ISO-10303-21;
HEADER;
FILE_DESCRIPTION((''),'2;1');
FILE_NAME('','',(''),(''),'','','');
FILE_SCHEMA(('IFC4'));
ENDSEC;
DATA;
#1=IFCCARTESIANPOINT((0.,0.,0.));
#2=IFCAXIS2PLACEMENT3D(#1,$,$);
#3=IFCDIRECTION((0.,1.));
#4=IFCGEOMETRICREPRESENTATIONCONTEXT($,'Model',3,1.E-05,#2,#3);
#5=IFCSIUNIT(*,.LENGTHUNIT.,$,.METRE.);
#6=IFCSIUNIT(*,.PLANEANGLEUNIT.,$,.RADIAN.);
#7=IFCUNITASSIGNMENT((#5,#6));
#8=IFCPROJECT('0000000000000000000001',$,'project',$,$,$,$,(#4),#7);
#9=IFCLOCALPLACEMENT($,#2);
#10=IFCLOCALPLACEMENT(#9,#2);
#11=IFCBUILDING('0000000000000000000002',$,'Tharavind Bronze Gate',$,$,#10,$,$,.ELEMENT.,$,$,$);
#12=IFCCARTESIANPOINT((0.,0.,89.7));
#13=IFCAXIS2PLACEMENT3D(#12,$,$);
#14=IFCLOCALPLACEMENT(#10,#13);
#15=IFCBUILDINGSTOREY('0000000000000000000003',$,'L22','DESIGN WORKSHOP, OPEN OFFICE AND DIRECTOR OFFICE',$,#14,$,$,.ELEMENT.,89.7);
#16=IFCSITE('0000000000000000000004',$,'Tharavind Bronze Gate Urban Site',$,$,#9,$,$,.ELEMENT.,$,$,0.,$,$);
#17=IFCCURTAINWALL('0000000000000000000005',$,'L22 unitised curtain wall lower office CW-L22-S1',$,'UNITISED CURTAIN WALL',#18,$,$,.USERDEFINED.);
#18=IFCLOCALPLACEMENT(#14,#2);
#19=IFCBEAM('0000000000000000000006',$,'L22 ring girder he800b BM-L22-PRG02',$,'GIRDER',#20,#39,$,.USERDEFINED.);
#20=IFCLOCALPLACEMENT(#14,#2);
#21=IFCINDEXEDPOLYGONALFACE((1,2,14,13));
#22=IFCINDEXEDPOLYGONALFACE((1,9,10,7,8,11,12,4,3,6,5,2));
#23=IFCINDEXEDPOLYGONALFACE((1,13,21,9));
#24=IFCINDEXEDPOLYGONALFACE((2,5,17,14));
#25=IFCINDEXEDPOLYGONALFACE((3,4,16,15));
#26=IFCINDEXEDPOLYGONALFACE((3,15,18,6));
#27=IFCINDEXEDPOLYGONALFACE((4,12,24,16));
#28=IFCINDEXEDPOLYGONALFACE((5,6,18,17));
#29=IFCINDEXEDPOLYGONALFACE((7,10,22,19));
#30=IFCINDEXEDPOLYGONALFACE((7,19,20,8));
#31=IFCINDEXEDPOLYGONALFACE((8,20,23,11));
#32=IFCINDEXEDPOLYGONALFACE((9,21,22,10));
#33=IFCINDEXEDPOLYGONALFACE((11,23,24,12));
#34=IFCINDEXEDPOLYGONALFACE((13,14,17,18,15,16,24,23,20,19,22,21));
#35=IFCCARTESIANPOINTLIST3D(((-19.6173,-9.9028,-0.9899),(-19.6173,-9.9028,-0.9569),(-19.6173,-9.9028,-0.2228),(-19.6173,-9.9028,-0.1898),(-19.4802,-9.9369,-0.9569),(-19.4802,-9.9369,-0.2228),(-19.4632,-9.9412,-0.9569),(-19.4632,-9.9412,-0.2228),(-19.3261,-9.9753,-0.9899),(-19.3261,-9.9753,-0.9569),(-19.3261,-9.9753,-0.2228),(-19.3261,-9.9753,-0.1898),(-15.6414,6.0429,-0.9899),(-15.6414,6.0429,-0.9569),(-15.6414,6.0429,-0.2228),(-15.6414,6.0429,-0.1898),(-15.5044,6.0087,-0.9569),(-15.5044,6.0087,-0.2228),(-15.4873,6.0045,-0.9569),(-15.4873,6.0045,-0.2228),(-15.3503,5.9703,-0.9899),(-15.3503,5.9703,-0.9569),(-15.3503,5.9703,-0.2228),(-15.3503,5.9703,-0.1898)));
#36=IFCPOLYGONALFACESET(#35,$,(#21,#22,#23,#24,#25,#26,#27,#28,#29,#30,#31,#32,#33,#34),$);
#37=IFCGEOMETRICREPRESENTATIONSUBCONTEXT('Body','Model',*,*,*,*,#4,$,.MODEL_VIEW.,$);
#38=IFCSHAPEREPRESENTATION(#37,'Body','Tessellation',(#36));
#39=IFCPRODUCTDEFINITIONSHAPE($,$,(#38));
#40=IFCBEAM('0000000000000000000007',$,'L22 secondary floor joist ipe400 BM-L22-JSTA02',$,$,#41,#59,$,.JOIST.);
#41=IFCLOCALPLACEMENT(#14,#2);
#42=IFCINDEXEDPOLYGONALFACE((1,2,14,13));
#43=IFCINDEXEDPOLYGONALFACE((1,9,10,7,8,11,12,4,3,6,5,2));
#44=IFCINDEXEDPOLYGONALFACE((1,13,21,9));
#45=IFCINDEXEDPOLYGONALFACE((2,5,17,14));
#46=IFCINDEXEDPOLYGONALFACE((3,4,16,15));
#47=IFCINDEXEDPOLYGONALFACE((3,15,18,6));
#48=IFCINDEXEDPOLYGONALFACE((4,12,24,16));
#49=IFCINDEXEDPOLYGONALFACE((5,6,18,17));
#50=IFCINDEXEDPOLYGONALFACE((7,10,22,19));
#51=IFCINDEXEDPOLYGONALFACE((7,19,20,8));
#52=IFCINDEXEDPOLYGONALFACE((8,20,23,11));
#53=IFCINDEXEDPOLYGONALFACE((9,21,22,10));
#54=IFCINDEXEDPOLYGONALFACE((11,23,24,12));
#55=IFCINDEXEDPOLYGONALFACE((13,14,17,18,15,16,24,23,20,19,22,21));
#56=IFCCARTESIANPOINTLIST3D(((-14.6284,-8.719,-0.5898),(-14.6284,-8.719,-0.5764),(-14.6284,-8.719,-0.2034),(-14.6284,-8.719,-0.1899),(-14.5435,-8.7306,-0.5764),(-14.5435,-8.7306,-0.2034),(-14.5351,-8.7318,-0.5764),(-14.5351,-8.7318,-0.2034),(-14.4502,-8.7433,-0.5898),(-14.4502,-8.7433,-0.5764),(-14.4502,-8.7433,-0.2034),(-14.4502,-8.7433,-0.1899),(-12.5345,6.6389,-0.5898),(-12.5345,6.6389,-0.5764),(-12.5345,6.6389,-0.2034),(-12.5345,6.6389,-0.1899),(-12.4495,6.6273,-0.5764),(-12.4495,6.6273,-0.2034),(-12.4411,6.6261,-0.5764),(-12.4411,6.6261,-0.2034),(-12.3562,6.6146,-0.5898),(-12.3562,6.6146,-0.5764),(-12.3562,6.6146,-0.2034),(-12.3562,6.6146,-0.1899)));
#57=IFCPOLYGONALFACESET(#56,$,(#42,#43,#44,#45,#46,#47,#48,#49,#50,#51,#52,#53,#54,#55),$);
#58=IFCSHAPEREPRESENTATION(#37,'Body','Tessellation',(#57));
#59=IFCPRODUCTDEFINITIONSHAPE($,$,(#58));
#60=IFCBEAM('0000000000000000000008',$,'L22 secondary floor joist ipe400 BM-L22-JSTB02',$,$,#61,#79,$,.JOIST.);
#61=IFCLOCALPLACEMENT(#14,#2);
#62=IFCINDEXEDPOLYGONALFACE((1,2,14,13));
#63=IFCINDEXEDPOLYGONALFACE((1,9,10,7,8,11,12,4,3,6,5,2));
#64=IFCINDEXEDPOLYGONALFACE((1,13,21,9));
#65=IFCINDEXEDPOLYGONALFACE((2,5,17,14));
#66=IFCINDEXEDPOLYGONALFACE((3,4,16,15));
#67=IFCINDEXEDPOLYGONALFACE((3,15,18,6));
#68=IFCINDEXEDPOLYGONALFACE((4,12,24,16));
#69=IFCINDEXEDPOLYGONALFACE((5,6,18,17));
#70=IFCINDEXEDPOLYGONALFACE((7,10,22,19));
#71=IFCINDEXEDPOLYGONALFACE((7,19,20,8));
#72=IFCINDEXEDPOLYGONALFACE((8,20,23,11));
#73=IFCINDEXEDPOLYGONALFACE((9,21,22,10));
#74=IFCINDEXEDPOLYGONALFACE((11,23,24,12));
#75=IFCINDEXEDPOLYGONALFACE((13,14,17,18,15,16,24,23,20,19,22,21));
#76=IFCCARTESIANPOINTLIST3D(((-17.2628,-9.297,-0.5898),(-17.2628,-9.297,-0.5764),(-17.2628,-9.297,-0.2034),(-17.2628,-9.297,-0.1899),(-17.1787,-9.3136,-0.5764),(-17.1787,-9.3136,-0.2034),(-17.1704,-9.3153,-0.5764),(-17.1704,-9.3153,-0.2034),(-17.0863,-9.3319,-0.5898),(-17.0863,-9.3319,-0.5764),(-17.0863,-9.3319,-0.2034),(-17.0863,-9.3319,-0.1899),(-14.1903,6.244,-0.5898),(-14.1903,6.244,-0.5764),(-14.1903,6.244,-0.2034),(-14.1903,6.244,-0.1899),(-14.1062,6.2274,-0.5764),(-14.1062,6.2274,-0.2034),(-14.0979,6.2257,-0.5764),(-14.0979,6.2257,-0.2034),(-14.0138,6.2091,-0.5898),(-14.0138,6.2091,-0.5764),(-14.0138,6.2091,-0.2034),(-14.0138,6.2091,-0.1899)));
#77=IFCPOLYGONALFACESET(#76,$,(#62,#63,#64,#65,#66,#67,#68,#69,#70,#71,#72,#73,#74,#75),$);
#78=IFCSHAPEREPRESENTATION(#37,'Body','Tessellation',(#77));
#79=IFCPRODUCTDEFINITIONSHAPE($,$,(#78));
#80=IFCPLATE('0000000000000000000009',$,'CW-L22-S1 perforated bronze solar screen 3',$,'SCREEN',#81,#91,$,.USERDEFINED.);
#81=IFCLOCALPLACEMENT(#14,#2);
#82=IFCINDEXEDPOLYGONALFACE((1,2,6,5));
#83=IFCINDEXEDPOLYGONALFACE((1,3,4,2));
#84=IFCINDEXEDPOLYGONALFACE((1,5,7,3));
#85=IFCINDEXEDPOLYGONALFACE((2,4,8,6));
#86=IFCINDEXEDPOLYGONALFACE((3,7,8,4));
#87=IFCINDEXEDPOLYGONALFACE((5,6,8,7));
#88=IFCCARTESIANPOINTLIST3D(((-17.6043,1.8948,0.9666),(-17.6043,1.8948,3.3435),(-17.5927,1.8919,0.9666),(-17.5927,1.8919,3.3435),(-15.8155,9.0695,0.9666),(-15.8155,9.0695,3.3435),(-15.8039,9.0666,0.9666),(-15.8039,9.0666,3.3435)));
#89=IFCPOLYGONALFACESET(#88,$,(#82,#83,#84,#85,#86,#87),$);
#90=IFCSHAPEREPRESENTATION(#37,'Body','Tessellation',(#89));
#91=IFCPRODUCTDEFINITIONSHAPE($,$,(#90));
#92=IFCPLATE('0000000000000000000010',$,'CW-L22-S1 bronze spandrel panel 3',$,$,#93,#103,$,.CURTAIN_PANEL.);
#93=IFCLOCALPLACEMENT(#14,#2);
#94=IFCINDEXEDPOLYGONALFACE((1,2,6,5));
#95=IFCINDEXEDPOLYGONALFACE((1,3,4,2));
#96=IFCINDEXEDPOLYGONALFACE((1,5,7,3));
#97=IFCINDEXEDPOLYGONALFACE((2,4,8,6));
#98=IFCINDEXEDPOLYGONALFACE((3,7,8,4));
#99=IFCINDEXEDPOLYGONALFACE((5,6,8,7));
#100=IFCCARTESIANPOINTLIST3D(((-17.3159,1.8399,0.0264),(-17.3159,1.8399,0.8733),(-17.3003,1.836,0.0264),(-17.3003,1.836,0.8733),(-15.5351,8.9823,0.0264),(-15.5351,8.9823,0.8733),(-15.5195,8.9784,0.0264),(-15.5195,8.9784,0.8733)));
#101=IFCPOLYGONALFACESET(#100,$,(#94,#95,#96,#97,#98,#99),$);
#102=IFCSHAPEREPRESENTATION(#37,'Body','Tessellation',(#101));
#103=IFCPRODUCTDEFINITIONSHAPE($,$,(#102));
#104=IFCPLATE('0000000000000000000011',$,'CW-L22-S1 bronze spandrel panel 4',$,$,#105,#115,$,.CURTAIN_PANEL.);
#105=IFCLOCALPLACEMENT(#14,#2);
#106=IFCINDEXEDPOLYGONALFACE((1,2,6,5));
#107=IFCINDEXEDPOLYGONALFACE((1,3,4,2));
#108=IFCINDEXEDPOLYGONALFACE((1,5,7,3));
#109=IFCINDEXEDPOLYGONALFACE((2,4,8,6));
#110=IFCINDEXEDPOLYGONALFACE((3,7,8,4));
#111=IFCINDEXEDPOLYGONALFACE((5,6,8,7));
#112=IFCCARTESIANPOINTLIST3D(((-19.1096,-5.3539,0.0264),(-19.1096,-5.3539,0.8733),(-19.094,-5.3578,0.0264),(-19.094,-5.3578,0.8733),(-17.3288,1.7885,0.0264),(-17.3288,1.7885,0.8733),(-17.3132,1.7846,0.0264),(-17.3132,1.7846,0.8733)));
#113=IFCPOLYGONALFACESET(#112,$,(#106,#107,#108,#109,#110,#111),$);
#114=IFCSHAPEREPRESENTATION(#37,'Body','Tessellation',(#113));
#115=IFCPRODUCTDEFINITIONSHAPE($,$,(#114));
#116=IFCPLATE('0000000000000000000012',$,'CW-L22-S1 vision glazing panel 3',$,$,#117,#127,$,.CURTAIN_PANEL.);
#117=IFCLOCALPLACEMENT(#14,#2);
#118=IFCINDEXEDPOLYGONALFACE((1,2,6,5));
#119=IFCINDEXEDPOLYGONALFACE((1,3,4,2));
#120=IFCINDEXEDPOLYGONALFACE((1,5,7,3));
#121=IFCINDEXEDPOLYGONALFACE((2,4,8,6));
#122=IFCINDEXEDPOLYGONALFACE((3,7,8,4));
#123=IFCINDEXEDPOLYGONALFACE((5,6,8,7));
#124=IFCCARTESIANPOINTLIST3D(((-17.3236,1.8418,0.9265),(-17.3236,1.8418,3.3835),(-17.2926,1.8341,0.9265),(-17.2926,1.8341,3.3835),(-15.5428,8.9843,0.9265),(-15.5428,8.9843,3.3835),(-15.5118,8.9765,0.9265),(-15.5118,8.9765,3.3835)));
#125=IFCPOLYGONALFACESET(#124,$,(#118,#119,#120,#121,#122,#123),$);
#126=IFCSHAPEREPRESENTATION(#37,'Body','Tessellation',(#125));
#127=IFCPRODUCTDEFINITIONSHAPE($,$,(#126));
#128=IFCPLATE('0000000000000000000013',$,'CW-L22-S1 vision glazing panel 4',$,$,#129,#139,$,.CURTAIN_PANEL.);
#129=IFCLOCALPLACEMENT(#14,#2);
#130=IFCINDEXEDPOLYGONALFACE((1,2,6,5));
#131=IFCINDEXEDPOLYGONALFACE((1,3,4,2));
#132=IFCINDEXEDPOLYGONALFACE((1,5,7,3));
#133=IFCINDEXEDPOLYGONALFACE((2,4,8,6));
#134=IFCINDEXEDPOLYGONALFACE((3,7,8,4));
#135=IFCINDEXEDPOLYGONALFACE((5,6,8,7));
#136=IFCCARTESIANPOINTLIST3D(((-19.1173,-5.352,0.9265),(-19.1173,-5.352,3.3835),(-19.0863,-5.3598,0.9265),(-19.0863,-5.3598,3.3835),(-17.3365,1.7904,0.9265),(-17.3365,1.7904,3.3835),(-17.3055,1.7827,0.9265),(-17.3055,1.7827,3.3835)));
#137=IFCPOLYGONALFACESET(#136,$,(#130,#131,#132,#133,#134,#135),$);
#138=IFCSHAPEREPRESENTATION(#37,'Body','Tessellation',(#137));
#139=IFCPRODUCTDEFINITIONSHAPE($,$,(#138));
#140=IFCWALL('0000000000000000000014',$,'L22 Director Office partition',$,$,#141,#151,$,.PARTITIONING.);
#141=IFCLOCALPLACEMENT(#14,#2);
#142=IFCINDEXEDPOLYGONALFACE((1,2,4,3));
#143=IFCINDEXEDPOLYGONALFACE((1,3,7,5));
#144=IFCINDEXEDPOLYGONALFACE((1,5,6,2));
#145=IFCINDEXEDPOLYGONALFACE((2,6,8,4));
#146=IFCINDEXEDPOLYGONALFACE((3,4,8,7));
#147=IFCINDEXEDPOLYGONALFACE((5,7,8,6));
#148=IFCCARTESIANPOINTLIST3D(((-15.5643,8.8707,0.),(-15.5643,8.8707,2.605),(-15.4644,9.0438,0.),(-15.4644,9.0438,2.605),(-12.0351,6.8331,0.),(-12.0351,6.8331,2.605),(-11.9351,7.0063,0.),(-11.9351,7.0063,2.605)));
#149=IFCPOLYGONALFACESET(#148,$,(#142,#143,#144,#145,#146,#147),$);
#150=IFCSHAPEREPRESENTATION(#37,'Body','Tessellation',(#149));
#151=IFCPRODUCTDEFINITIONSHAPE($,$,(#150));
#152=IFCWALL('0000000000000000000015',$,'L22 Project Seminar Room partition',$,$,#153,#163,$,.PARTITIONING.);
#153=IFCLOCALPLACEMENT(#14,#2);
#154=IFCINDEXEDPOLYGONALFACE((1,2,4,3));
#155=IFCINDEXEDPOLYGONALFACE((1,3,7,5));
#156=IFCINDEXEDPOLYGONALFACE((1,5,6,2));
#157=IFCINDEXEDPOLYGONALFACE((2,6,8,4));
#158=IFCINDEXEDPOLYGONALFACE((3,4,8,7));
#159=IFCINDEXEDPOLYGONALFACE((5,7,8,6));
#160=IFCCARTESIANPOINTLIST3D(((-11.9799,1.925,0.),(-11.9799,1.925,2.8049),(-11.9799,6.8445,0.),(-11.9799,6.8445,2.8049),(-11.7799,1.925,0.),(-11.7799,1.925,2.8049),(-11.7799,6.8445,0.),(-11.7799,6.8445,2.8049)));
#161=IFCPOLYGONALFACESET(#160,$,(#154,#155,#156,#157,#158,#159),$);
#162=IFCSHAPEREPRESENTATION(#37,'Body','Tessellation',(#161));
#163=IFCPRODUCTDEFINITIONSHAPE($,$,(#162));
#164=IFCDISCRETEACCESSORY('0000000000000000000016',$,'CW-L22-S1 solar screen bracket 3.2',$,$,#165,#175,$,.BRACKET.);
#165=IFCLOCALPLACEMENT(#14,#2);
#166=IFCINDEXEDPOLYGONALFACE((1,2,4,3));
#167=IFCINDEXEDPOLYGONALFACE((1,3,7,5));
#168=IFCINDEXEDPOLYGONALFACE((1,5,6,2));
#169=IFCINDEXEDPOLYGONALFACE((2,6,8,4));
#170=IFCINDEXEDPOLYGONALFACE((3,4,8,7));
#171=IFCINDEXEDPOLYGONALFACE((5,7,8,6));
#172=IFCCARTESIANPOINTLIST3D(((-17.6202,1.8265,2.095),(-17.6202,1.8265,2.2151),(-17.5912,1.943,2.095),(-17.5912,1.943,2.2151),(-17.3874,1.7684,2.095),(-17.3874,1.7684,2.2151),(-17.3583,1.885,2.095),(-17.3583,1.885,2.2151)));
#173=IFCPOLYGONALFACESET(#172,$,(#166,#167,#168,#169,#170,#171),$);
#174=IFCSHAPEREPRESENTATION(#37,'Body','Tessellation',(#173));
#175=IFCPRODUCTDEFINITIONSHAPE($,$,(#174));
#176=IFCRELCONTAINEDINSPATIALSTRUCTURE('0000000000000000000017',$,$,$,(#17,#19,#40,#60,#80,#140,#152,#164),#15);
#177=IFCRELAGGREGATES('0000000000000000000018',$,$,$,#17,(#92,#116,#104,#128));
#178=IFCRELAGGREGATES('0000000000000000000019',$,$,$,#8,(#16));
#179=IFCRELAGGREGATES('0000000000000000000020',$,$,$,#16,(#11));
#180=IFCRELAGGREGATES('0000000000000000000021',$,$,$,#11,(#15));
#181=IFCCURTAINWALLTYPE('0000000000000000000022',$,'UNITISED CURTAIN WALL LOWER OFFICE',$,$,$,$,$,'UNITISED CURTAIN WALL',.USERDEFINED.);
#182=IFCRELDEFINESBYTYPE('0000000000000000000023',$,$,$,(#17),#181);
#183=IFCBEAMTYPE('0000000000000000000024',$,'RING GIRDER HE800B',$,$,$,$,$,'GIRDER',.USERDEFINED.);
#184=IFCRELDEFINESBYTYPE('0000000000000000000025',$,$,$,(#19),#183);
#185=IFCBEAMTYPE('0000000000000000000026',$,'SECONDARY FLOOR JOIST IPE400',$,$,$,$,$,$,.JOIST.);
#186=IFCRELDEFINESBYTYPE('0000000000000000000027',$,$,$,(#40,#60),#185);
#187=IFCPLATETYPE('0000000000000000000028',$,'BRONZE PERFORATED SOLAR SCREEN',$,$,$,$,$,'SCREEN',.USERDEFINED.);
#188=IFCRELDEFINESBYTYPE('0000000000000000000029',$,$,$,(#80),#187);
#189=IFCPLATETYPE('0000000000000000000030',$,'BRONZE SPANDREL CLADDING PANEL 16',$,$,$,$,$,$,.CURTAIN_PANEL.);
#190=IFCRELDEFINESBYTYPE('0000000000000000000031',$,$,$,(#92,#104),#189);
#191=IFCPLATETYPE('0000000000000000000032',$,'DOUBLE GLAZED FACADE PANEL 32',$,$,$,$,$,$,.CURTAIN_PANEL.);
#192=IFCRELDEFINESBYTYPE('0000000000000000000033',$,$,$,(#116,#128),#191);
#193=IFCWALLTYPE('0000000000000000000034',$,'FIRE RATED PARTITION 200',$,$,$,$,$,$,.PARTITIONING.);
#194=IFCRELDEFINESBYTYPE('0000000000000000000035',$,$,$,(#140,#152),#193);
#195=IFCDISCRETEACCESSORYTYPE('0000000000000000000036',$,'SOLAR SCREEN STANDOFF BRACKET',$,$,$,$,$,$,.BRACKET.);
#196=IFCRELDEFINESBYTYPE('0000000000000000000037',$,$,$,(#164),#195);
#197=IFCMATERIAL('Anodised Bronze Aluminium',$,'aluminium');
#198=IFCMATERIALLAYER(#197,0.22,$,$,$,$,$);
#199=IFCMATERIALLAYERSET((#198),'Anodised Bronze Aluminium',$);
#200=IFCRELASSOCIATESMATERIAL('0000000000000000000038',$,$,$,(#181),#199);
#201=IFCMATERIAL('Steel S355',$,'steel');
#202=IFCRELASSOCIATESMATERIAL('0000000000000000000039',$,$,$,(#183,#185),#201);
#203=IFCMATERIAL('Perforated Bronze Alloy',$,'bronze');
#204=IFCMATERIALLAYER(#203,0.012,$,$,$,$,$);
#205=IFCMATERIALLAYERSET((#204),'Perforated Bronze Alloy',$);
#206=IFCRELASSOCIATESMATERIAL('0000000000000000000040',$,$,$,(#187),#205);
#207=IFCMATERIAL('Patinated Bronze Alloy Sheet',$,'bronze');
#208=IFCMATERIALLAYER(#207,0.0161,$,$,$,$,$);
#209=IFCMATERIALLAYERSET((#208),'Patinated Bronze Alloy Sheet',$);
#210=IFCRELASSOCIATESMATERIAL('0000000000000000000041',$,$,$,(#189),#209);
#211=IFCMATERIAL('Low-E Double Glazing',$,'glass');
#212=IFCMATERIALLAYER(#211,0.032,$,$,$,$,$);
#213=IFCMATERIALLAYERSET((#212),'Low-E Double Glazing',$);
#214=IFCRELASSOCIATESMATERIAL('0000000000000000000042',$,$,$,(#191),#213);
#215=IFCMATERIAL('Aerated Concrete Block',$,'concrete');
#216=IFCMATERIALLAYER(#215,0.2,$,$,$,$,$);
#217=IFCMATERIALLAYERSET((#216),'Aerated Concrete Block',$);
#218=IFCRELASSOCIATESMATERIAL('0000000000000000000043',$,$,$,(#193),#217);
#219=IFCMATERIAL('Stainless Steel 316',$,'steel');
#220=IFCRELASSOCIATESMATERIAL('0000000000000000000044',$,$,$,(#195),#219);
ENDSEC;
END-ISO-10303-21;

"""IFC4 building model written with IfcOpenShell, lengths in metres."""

from ifc_helpers import new_model, si_unit, direction, frame, frame_2d, origin, origin_2d, place, context, subcontext, project, spatial, rectangle, i_section, extrude, material, layer, layer_set, material_profile, profile_set, type_object, element, aggregate, save


model = new_model("IFC4")

# Units and contexts
model_context = context("Model", 3, precision=1e-05, world=origin(), true_north=direction((0.0, 1.0)))
body_context = subcontext(model_context, "Body", "Model", "MODEL_VIEW")
ifc_project = project(units=[si_unit("LENGTHUNIT", "METRE"), si_unit("PLANEANGLEUNIT", "RADIAN")], contexts=[model_context])

# Site, building, storey
site_placement = place(None, origin())
site = spatial("IfcSite", under=ifc_project, at=site_placement, Name="Tharavind Bronze Gate Urban Site", CompositionType="ELEMENT", RefElevation=0.0)
building_placement = place(site_placement, origin())
building = spatial("IfcBuilding", under=site, at=building_placement, Name="Tharavind Bronze Gate", CompositionType="ELEMENT")
storey_placement = place(building_placement, frame((0.0, 0.0, 89.7)))
storey = spatial("IfcBuildingStorey", under=building, at=storey_placement, Name="L22", Description="DESIGN WORKSHOP, OPEN OFFICE AND DIRECTOR OFFICE", CompositionType="ELEMENT", Elevation=89.7)

# Curtain wall
ifc_material_1 = material(Name="Anodised Bronze Aluminium", Category="aluminium")
ifc_layer_1 = layer(ifc_material_1, 0.22)
ifc_layer_set_1 = layer_set([ifc_layer_1], Name="Anodised Bronze Aluminium")
curtain_wall_type = type_object("IfcCurtainWallType", Name="UNITISED CURTAIN WALL LOWER OFFICE", ElementType="UNITISED CURTAIN WALL", PredefinedType="USERDEFINED", material=ifc_layer_set_1)
curtain_wall_placement = place(storey_placement, origin())
curtain_wall = element("IfcCurtainWall", 1, at=curtain_wall_placement, inside=storey, type_object=curtain_wall_type, Name="L22 unitised curtain wall lower office CW-L22-S1", ObjectType="UNITISED CURTAIN WALL", PredefinedType="USERDEFINED")

# Beams
ifc_material_2 = material(Name="Steel S355", Category="steel")
ifc_material_profile_1 = material_profile(ifc_material_2, i_section(OverallWidth=0.3, OverallDepth=0.8, WebThickness=0.0176, FlangeThickness=0.033, at=origin_2d()), Name="HE800B")
ifc_profile_set_1 = profile_set([ifc_material_profile_1], Name="Steel S355")
beam_type_1 = type_object("IfcBeamType", Name="RING GIRDER HE800B", ElementType="GIRDER", PredefinedType="USERDEFINED", material=ifc_profile_set_1)
beam_1_placement = place(storey_placement, frame((-15.4958, 6.0066, -0.5898), z_axis=(-0.241931, -0.970293, 0.0), x_axis=(0.970293, -0.241931, 0.0)))
element("IfcBeam", 2, at=beam_1_placement, inside=storey, type_object=beam_type_1, Name="L22 ring girder he800b BM-L22-PRG02", ObjectType="GIRDER", PredefinedType="USERDEFINED", context=body_context, shape_type="SweptSolid", body=[
    extrude(i_section(OverallWidth=0.3, OverallDepth=0.8, WebThickness=0.0176, FlangeThickness=0.033, at=origin_2d()), origin(), (0.0, 0.0, 1.0), 16.4338),
])
ifc_material_profile_2 = material_profile(ifc_material_2, i_section(OverallWidth=0.1799, OverallDepth=0.3999, WebThickness=0.0085, FlangeThickness=0.0134, at=origin_2d()), Name="IPE400")
ifc_profile_set_2 = profile_set([ifc_material_profile_2], Name="Steel S355")
beam_type_2 = type_object("IfcBeamType", Name="SECONDARY FLOOR JOIST IPE400", PredefinedType="JOIST", material=ifc_profile_set_2)
beam_2_placement = place(storey_placement, frame((-12.4453, 6.6267, -0.3899), z_axis=(-0.135096, -0.990832, 0.0), x_axis=(0.990832, -0.135096, 0.0)))
element("IfcBeam", 3, at=beam_2_placement, inside=storey, type_object=beam_type_2, Name="L22 secondary floor joist ipe400 BM-L22-JSTA02", PredefinedType="JOIST", context=body_context, shape_type="SweptSolid", body=[
    extrude(i_section(OverallWidth=0.1799, OverallDepth=0.3999, WebThickness=0.0085, FlangeThickness=0.0134, at=origin_2d()), origin(), (0.0, 0.0, 1.0), 15.5),
])
beam_3_placement = place(storey_placement, frame((-14.1021, 6.2266, -0.3899), z_axis=(-0.193949, -0.981012, 0.0), x_axis=(0.981012, -0.193949, 0.0)))
element("IfcBeam", 4, at=beam_3_placement, inside=storey, type_object=beam_type_2, Name="L22 secondary floor joist ipe400 BM-L22-JSTB02", PredefinedType="JOIST", context=body_context, shape_type="SweptSolid", body=[
    extrude(i_section(OverallWidth=0.1799, OverallDepth=0.3999, WebThickness=0.0085, FlangeThickness=0.0134, at=origin_2d()), origin(), (0.0, 0.0, 1.0), 15.8418),
])

# Plates
ifc_material_3 = material(Name="Perforated Bronze Alloy", Category="bronze")
ifc_layer_2 = layer(ifc_material_3, 0.012)
ifc_layer_set_2 = layer_set([ifc_layer_2], Name="Perforated Bronze Alloy")
plate_type_1 = type_object("IfcPlateType", Name="BRONZE PERFORATED SOLAR SCREEN", ElementType="SCREEN", PredefinedType="USERDEFINED", material=ifc_layer_set_2)
plate_1_placement = place(storey_placement, frame((-16.7041, 5.4807, 0.9666), z_axis=(0.0, 0.0, 1.0), x_axis=(-0.241922, -0.970296, 0.0)))
element("IfcPlate", 5, at=plate_1_placement, inside=storey, type_object=plate_type_1, Name="CW-L22-S1 perforated bronze solar screen 3", ObjectType="SCREEN", PredefinedType="USERDEFINED", context=body_context, shape_type="SweptSolid", body=[
    extrude(rectangle(XDim=7.3943, YDim=0.012, at=origin_2d()), origin(), (0.0, 0.0, 1.0), 2.377),
])
ifc_material_4 = material(Name="Patinated Bronze Alloy Sheet", Category="bronze")
ifc_layer_3 = layer(ifc_material_4, 0.0161)
ifc_layer_set_3 = layer_set([ifc_layer_3], Name="Patinated Bronze Alloy Sheet")
plate_type_2 = type_object("IfcPlateType", Name="BRONZE SPANDREL CLADDING PANEL 16", PredefinedType="CURTAIN_PANEL", material=ifc_layer_set_3)
plate_2_placement = place(storey_placement, frame((-16.4177, 5.4092, 0.0264), z_axis=(0.0, 0.0, 1.0), x_axis=(-0.241922, -0.970296, 0.0)))
plate_2 = element("IfcPlate", 6, at=plate_2_placement, type_object=plate_type_2, Name="CW-L22-S1 bronze spandrel panel 3", PredefinedType="CURTAIN_PANEL", context=body_context, shape_type="SweptSolid", body=[
    extrude(rectangle(XDim=7.3611, YDim=0.0161, at=origin_2d()), origin(), (0.0, 0.0, 1.0), 0.8469),
])
plate_3_placement = place(storey_placement, frame((-18.2114, -1.7847, 0.0264), z_axis=(0.0, 0.0, 1.0), x_axis=(-0.241922, -0.970296, 0.0)))
plate_3 = element("IfcPlate", 7, at=plate_3_placement, type_object=plate_type_2, Name="CW-L22-S1 bronze spandrel panel 4", PredefinedType="CURTAIN_PANEL", context=body_context, shape_type="SweptSolid", body=[
    extrude(rectangle(XDim=7.3611, YDim=0.0161, at=origin_2d()), origin(), (0.0, 0.0, 1.0), 0.8469),
])
ifc_material_5 = material(Name="Low-E Double Glazing", Category="glass")
ifc_layer_4 = layer(ifc_material_5, 0.032)
ifc_layer_set_4 = layer_set([ifc_layer_4], Name="Low-E Double Glazing")
plate_type_3 = type_object("IfcPlateType", Name="DOUBLE GLAZED FACADE PANEL 32", PredefinedType="CURTAIN_PANEL", material=ifc_layer_set_4)
plate_4_placement = place(storey_placement, frame((-16.4177, 5.4092, 0.9265), z_axis=(0.0, 0.0, 1.0), x_axis=(-0.241922, -0.970296, 0.0)))
plate_4 = element("IfcPlate", 8, at=plate_4_placement, type_object=plate_type_3, Name="CW-L22-S1 vision glazing panel 3", PredefinedType="CURTAIN_PANEL", context=body_context, shape_type="SweptSolid", body=[
    extrude(rectangle(XDim=7.3611, YDim=0.032, at=origin_2d()), origin(), (0.0, 0.0, 1.0), 2.457),
])
plate_5_placement = place(storey_placement, frame((-18.2114, -1.7847, 0.9265), z_axis=(0.0, 0.0, 1.0), x_axis=(-0.241922, -0.970296, 0.0)))
plate_5 = element("IfcPlate", 9, at=plate_5_placement, type_object=plate_type_3, Name="CW-L22-S1 vision glazing panel 4", PredefinedType="CURTAIN_PANEL", context=body_context, shape_type="SweptSolid", body=[
    extrude(rectangle(XDim=7.3611, YDim=0.032, at=origin_2d()), origin(), (0.0, 0.0, 1.0), 2.457),
])
aggregate(curtain_wall, [plate_2, plate_4, plate_3, plate_5])

# Walls
ifc_material_6 = material(Name="Aerated Concrete Block", Category="concrete")
ifc_layer_5 = layer(ifc_material_6, 0.2)
ifc_layer_set_5 = layer_set([ifc_layer_5], Name="Aerated Concrete Block")
wall_type = type_object("IfcWallType", Name="FIRE RATED PARTITION 200", PredefinedType="PARTITIONING", material=ifc_layer_set_5)
wall_1_placement = place(storey_placement, frame((-11.9851, 6.9197, 0.0), z_axis=(0.0, 0.0, 1.0), x_axis=(-0.86603, 0.499992, 0.0)))
element("IfcWall", 10, at=wall_1_placement, inside=storey, type_object=wall_type, Name="L22 Director Office partition", PredefinedType="PARTITIONING", context=body_context, shape_type="SweptSolid", body=[
    extrude(rectangle(XDim=4.0752, YDim=0.2, at=frame_2d((2.0376, 0.0))), origin(), (0.0, 0.0, 1.0), 2.605),
])
wall_2_placement = place(storey_placement, frame((-11.8799, 6.8445, 0.0), z_axis=(0.0, 0.0, 1.0), x_axis=(0.0, -1.0, 0.0)))
element("IfcWall", 11, at=wall_2_placement, inside=storey, type_object=wall_type, Name="L22 Project Seminar Room partition", PredefinedType="PARTITIONING", context=body_context, shape_type="SweptSolid", body=[
    extrude(rectangle(XDim=4.9194, YDim=0.2, at=frame_2d((2.4597, 0.0))), origin(), (0.0, 0.0, 1.0), 2.8049),
])

# Discrete accessory
ifc_material_7 = material(Name="Stainless Steel 316", Category="steel")
discrete_accessory_type = type_object("IfcDiscreteAccessoryType", Name="SOLAR SCREEN STANDOFF BRACKET", PredefinedType="BRACKET", material=ifc_material_7)
discrete_accessory_placement = place(storey_placement, frame((-17.4893, 1.8557, 2.095), z_axis=(0.0, 0.0, 1.0), x_axis=(-0.241922, -0.970296, 0.0)))
element("IfcDiscreteAccessory", 12, at=discrete_accessory_placement, inside=storey, type_object=discrete_accessory_type, Name="CW-L22-S1 solar screen bracket 3.2", PredefinedType="BRACKET", context=body_context, shape_type="SweptSolid", body=[
    extrude(rectangle(XDim=0.1201, YDim=0.24, at=origin_2d()), origin(), (0.0, 0.0, 1.0), 0.1201),
])

save(model, "model.ifc")
